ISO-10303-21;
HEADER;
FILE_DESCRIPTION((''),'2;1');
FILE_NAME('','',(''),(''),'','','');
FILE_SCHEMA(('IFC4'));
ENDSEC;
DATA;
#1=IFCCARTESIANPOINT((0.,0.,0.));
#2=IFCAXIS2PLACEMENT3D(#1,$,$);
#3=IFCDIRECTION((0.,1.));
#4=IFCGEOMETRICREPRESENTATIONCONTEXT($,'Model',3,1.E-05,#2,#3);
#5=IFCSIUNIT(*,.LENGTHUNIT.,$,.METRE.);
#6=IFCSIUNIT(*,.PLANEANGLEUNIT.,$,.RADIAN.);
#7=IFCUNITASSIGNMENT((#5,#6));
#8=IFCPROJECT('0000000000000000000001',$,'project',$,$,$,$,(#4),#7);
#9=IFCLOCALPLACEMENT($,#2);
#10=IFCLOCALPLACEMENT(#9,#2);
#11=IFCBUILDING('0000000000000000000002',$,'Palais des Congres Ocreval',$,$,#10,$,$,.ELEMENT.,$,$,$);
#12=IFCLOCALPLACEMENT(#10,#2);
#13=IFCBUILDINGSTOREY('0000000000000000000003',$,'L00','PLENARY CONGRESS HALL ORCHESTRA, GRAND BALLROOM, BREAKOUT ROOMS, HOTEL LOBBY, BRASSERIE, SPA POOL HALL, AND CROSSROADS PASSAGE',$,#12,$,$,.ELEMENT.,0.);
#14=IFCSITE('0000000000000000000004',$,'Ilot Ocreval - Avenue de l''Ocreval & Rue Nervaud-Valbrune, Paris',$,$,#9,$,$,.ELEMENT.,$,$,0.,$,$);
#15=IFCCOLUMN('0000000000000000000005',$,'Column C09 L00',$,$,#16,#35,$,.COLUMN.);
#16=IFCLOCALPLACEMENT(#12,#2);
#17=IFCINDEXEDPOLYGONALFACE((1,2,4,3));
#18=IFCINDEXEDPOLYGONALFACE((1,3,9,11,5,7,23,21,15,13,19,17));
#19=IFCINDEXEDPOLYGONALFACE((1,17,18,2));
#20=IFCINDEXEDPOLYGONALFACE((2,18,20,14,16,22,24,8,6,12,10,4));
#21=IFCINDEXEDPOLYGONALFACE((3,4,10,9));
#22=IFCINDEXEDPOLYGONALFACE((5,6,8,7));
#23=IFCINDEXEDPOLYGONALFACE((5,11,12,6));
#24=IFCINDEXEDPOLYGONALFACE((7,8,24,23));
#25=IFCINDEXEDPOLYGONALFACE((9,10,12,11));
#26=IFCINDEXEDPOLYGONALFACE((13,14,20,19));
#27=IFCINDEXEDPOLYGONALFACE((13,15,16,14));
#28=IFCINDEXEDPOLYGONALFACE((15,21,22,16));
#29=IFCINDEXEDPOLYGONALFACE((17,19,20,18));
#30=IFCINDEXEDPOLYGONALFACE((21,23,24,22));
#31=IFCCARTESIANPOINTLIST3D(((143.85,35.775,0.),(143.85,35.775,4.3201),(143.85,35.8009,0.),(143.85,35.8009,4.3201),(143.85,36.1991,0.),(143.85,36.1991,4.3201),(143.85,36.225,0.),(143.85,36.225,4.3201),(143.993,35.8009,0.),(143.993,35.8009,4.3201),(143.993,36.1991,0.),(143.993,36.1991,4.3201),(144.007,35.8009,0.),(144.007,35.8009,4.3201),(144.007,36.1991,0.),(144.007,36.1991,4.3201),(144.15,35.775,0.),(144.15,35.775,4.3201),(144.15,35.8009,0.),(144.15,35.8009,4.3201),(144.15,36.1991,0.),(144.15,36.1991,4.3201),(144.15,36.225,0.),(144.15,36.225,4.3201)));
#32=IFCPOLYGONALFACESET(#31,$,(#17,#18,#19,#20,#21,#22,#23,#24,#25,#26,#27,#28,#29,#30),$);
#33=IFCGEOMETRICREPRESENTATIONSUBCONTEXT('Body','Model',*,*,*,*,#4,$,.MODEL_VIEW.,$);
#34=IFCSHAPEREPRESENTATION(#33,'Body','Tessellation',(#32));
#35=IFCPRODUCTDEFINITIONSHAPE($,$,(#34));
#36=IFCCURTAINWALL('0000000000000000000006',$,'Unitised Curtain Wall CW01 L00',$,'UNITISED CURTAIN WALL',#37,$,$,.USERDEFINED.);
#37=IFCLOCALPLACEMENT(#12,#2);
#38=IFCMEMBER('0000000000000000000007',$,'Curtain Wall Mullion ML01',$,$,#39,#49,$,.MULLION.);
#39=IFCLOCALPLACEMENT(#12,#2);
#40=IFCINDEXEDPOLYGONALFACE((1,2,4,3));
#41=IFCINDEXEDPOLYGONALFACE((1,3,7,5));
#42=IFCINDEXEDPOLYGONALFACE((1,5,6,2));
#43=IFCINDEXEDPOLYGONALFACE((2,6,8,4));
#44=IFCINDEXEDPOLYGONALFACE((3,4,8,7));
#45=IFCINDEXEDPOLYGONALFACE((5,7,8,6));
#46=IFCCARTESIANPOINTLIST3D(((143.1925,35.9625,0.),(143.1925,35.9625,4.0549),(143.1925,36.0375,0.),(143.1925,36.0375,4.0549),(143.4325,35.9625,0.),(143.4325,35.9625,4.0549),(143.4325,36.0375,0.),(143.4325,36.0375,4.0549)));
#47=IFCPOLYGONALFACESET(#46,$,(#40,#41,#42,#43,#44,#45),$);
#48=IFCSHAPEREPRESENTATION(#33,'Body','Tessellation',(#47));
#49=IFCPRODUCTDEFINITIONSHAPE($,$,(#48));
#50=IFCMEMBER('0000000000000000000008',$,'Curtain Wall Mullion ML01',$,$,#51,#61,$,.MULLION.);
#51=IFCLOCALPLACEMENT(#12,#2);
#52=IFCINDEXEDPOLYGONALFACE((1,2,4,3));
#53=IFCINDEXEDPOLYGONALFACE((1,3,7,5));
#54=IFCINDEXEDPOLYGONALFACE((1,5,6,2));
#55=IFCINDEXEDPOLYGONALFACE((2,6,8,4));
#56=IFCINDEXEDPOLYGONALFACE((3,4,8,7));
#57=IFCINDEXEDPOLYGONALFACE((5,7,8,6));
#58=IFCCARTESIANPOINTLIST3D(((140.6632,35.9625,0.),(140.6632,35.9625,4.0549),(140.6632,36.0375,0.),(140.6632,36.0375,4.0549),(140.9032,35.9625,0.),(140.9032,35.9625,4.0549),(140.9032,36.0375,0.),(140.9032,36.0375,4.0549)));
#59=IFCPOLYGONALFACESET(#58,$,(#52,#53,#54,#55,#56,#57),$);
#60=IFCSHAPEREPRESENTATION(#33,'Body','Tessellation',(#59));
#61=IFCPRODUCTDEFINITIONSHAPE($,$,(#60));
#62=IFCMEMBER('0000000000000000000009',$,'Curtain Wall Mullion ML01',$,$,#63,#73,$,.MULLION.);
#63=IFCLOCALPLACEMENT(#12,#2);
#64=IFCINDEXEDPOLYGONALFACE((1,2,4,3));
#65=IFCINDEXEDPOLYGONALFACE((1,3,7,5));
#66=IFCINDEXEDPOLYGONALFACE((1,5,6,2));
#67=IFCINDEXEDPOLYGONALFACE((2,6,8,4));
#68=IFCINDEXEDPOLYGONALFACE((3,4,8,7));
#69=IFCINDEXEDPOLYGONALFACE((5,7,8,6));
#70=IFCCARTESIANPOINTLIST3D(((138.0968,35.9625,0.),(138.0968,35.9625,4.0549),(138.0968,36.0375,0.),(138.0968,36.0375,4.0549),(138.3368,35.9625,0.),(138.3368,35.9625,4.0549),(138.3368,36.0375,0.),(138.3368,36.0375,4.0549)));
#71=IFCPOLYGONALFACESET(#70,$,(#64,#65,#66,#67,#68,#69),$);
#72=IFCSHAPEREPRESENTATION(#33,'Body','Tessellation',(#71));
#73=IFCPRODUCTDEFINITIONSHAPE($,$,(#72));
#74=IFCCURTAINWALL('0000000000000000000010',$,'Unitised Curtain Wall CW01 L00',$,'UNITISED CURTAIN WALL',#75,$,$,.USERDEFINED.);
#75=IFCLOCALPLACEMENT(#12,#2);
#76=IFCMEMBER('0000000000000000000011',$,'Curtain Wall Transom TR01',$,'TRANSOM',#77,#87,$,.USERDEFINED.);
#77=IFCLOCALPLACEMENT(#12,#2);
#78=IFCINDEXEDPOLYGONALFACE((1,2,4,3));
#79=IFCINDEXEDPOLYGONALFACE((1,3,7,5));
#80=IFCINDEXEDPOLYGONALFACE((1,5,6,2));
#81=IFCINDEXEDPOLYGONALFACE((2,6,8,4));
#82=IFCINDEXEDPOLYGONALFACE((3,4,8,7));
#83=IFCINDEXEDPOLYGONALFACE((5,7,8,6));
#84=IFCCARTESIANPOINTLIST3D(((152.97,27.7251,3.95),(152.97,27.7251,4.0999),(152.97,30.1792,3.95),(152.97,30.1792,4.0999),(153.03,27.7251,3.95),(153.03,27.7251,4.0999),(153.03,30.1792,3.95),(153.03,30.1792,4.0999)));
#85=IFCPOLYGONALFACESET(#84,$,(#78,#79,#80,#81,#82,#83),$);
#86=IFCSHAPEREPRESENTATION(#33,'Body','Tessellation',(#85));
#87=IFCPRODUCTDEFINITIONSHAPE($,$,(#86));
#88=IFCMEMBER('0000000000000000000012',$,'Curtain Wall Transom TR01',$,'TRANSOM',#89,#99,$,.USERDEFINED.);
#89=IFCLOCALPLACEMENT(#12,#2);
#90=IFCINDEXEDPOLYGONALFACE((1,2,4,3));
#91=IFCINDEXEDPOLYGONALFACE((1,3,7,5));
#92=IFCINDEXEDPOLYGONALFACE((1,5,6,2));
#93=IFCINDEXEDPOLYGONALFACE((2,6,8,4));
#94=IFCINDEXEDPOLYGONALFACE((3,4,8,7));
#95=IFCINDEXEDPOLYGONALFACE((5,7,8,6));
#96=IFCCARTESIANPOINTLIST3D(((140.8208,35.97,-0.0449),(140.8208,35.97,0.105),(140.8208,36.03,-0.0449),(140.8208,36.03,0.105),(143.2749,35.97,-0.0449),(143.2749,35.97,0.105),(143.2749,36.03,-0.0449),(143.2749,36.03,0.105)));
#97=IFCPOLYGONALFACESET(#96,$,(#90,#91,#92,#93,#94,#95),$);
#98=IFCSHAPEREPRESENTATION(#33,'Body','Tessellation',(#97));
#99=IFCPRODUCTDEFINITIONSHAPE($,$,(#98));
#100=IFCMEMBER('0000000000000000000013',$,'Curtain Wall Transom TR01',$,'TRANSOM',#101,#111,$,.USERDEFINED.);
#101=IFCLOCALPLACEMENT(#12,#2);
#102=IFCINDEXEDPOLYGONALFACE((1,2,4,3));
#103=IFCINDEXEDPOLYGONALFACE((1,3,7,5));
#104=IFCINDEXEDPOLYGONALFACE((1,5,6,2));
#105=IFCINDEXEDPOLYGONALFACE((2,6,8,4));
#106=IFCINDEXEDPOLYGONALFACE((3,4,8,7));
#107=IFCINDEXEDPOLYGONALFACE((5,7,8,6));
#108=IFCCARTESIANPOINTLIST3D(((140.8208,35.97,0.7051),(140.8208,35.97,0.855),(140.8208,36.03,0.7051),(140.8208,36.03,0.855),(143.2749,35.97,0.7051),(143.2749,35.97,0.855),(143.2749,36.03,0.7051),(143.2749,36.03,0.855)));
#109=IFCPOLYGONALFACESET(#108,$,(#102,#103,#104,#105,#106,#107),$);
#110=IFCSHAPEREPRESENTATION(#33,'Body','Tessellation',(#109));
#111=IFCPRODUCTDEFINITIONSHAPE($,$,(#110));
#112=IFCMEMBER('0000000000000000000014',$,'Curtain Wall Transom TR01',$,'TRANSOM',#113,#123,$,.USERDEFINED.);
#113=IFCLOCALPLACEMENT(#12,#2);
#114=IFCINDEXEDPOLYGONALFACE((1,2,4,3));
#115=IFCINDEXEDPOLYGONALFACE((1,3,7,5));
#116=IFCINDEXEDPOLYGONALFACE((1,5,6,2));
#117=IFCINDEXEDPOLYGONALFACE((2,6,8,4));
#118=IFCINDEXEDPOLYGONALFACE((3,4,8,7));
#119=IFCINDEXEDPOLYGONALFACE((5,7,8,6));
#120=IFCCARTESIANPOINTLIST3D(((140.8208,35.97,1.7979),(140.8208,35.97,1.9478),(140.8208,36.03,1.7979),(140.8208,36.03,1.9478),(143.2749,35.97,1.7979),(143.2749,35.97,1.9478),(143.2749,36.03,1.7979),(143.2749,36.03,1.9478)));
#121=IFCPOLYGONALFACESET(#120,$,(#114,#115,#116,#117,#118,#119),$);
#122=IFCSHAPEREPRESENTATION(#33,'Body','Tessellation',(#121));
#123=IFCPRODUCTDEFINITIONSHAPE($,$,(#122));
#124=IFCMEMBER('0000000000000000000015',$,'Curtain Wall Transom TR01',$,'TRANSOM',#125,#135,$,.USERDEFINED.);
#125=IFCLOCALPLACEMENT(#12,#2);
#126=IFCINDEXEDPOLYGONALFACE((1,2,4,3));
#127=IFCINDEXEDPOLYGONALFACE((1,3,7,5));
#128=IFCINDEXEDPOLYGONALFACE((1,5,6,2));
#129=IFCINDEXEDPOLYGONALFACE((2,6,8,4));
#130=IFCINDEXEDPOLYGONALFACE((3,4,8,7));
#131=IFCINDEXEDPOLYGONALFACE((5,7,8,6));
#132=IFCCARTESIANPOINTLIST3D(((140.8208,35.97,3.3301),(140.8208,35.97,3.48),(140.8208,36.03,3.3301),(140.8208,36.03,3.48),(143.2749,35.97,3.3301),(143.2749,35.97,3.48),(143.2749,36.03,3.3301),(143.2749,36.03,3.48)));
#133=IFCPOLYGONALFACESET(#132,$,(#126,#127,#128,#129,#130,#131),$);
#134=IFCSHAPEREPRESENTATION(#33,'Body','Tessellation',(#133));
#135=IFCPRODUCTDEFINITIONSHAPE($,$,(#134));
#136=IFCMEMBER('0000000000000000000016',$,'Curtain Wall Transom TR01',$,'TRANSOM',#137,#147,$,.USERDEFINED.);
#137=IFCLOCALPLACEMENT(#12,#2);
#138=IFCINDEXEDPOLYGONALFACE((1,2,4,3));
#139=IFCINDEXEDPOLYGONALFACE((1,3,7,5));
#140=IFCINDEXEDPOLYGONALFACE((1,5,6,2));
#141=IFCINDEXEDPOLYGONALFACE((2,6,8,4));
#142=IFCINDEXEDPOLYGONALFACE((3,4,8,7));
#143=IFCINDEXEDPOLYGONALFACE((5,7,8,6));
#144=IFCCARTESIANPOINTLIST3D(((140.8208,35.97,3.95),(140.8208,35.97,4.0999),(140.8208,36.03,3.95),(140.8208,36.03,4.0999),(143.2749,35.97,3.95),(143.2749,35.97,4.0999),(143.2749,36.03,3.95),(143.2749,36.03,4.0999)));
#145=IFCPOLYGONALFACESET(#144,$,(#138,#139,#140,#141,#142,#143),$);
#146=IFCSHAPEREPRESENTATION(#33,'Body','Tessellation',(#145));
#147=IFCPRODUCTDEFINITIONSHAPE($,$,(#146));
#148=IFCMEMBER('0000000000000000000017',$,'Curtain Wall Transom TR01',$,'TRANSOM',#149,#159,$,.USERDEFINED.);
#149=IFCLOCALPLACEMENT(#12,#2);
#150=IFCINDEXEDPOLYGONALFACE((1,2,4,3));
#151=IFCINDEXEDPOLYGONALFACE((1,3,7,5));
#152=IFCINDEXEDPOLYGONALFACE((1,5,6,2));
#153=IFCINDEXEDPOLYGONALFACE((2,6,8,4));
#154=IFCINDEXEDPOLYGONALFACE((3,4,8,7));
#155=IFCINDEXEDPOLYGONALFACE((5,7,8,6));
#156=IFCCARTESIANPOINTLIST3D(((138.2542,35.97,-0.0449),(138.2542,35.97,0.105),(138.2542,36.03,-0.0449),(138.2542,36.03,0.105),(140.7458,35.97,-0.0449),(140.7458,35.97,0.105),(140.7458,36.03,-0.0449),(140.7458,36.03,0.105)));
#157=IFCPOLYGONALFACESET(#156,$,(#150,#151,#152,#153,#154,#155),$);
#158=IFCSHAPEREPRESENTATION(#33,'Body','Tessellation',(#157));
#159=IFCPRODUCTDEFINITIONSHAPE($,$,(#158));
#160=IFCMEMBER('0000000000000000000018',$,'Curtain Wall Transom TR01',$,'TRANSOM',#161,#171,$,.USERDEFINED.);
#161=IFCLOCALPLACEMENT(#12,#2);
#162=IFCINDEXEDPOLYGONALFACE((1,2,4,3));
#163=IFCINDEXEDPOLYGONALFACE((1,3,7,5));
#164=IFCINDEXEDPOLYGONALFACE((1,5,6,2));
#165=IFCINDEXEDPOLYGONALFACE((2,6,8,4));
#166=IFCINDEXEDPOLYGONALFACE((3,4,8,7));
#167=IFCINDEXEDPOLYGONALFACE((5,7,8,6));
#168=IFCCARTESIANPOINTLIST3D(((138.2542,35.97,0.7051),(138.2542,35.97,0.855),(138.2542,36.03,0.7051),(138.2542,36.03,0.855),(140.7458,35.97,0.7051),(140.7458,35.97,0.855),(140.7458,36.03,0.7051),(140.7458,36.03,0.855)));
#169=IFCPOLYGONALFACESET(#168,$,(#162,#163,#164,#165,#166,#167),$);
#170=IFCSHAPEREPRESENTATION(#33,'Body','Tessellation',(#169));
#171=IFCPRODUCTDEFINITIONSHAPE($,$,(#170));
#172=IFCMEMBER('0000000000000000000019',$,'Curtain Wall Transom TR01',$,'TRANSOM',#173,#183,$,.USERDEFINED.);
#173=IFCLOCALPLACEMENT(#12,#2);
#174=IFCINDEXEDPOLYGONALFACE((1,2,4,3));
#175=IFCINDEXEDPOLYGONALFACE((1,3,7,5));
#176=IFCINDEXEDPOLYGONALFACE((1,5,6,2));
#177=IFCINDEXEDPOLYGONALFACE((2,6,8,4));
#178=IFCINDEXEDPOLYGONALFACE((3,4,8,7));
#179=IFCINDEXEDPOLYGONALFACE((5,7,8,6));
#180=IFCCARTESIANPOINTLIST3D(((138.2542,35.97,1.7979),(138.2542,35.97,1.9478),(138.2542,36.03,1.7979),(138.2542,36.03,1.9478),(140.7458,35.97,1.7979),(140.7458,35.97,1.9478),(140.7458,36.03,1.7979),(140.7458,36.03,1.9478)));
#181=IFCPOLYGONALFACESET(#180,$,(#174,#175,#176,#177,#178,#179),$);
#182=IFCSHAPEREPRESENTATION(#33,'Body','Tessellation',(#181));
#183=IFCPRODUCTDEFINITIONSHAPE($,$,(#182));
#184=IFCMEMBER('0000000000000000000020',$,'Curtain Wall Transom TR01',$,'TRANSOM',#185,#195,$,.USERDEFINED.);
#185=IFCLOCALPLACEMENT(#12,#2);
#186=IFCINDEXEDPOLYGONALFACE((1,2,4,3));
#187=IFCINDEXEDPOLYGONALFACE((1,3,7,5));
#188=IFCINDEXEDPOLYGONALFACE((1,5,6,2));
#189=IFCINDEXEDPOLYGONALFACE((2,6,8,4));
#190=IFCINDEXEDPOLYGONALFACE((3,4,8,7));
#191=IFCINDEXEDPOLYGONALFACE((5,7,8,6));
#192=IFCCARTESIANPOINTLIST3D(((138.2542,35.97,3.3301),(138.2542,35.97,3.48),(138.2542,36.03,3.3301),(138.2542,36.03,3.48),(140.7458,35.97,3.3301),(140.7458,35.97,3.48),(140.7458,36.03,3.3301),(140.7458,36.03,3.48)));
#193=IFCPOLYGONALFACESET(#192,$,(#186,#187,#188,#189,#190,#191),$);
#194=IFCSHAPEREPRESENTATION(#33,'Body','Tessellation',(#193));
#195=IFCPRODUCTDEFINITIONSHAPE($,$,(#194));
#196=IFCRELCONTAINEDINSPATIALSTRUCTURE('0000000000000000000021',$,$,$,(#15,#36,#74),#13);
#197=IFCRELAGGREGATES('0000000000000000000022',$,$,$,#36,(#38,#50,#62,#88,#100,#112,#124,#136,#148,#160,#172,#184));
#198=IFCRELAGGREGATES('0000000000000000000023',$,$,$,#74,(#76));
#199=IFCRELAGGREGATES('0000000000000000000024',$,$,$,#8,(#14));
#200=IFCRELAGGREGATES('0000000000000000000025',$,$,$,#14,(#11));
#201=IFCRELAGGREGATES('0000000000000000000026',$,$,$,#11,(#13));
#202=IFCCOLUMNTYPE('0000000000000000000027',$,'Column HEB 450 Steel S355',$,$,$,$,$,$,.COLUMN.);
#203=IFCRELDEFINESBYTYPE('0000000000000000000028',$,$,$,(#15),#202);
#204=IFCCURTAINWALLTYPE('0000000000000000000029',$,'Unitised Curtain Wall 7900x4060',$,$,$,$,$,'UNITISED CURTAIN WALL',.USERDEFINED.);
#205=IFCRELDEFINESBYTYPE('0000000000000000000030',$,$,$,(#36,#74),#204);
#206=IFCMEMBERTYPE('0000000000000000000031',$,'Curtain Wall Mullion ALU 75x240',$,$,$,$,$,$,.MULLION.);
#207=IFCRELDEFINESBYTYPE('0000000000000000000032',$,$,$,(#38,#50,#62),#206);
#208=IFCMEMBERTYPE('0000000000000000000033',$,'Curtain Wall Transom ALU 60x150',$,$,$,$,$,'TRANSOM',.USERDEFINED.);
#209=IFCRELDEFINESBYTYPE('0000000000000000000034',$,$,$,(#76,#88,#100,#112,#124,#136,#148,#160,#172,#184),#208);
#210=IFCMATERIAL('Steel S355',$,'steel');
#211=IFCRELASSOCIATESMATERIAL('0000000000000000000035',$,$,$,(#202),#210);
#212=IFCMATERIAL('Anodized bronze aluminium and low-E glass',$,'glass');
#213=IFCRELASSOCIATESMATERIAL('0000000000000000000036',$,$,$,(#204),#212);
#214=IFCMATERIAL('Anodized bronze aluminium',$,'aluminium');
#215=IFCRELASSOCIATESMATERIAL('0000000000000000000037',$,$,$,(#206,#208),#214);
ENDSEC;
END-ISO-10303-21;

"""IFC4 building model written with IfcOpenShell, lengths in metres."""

from ifc_helpers import new_model, si_unit, direction, frame, origin, origin_2d, place, context, subcontext, project, spatial, rectangle, i_section, extrude, material, material_profile, profile_set, type_object, element, aggregate, save


model = new_model("IFC4")

# Units and contexts
model_context = context("Model", 3, precision=1e-05, world=origin(), true_north=direction((0.0, 1.0)))
body_context = subcontext(model_context, "Body", "Model", "MODEL_VIEW")
ifc_project = project(units=[si_unit("LENGTHUNIT", "METRE"), si_unit("PLANEANGLEUNIT", "RADIAN")], contexts=[model_context])

# Site, building, storey
site_placement = place(None, origin())
site = spatial("IfcSite", under=ifc_project, at=site_placement, Name="Ilot Ocreval - Avenue de l'Ocreval & Rue Nervaud-Valbrune, Paris", CompositionType="ELEMENT", RefElevation=0.0)
building_placement = place(site_placement, origin())
building = spatial("IfcBuilding", under=site, at=building_placement, Name="Palais des Congres Ocreval", CompositionType="ELEMENT")
storey_placement = place(building_placement, origin())
storey = spatial("IfcBuildingStorey", under=building, at=storey_placement, Name="L00", Description="PLENARY CONGRESS HALL ORCHESTRA, GRAND BALLROOM, BREAKOUT ROOMS, HOTEL LOBBY, BRASSERIE, SPA POOL HALL, AND CROSSROADS PASSAGE", CompositionType="ELEMENT", Elevation=0.0)

# Column
ifc_material_1 = material(Name="Steel S355", Category="steel")
ifc_material_profile_1 = material_profile(ifc_material_1, i_section(OverallWidth=0.3, OverallDepth=0.45, WebThickness=0.0139, FlangeThickness=0.0259, at=origin_2d()), Name="HEB 450")
ifc_profile_set_1 = profile_set([ifc_material_profile_1], Name="Steel S355")
column_type = type_object("IfcColumnType", Name="Column HEB 450 Steel S355", PredefinedType="COLUMN", material=ifc_profile_set_1)
column_placement = place(storey_placement, frame((144.0, 36.0, 0.0), z_axis=(0.0, 0.0, 1.0), x_axis=(1.0, 0.0, 0.0)))
element("IfcColumn", 1, at=column_placement, inside=storey, type_object=column_type, Name="Column C09 L00", PredefinedType="COLUMN", context=body_context, shape_type="SweptSolid", body=[
    extrude(i_section(OverallWidth=0.3, OverallDepth=0.45, WebThickness=0.0139, FlangeThickness=0.0259, at=origin_2d()), origin(), (0.0, 0.0, 1.0), 4.3201),
])

# Curtain wall, members
ifc_material_2 = material(Name="Anodized bronze aluminium and low-E glass", Category="glass")
curtain_wall_type = type_object("IfcCurtainWallType", Name="Unitised Curtain Wall 7900x4060", ElementType="UNITISED CURTAIN WALL", PredefinedType="USERDEFINED", material=ifc_material_2)
curtain_wall_1_placement = place(storey_placement, origin())
curtain_wall_1 = element("IfcCurtainWall", 2, at=curtain_wall_1_placement, inside=storey, type_object=curtain_wall_type, Name="Unitised Curtain Wall CW01 L00", ObjectType="UNITISED CURTAIN WALL", PredefinedType="USERDEFINED")
ifc_material_3 = material(Name="Anodized bronze aluminium", Category="aluminium")
ifc_material_profile_2 = material_profile(ifc_material_3, rectangle(XDim=0.075, YDim=0.24, at=origin_2d()), Name="ALU 75x240")
ifc_profile_set_2 = profile_set([ifc_material_profile_2], Name="Anodized bronze aluminium")
member_type_1 = type_object("IfcMemberType", Name="Curtain Wall Mullion ALU 75x240", PredefinedType="MULLION", material=ifc_profile_set_2)
member_1_placement = place(storey_placement, frame((143.3125, 36.0, 0.0), z_axis=(0.0, 0.0, 1.0), x_axis=(0.0, -1.0, 0.0)))
member_1 = element("IfcMember", 3, at=member_1_placement, type_object=member_type_1, Name="Curtain Wall Mullion ML01", PredefinedType="MULLION", context=body_context, shape_type="SweptSolid", body=[
    extrude(rectangle(XDim=0.075, YDim=0.24, at=origin_2d()), origin(), (0.0, 0.0, 1.0), 4.0549),
])
member_2_placement = place(storey_placement, frame((140.7832, 36.0, 0.0), z_axis=(0.0, 0.0, 1.0), x_axis=(0.0, -1.0, 0.0)))
member_2 = element("IfcMember", 4, at=member_2_placement, type_object=member_type_1, Name="Curtain Wall Mullion ML01", PredefinedType="MULLION", context=body_context, shape_type="SweptSolid", body=[
    extrude(rectangle(XDim=0.075, YDim=0.24, at=origin_2d()), origin(), (0.0, 0.0, 1.0), 4.0549),
])
member_3_placement = place(storey_placement, frame((138.2168, 36.0, 0.0), z_axis=(0.0, 0.0, 1.0), x_axis=(0.0, -1.0, 0.0)))
member_3 = element("IfcMember", 5, at=member_3_placement, type_object=member_type_1, Name="Curtain Wall Mullion ML01", PredefinedType="MULLION", context=body_context, shape_type="SweptSolid", body=[
    extrude(rectangle(XDim=0.075, YDim=0.24, at=origin_2d()), origin(), (0.0, 0.0, 1.0), 4.0549),
])

# Curtain wall, member
curtain_wall_2_placement = place(storey_placement, origin())
curtain_wall_2 = element("IfcCurtainWall", 6, at=curtain_wall_2_placement, inside=storey, type_object=curtain_wall_type, Name="Unitised Curtain Wall CW01 L00", ObjectType="UNITISED CURTAIN WALL", PredefinedType="USERDEFINED")
ifc_material_profile_3 = material_profile(ifc_material_3, rectangle(XDim=0.0601, YDim=0.1499, at=origin_2d()), Name="ALU 60x150")
ifc_profile_set_3 = profile_set([ifc_material_profile_3], Name="Anodized bronze aluminium")
member_type_2 = type_object("IfcMemberType", Name="Curtain Wall Transom ALU 60x150", ElementType="TRANSOM", PredefinedType="USERDEFINED", material=ifc_profile_set_3)
member_4_placement = place(storey_placement, frame((153.0, 27.7251, 4.0249), z_axis=(0.0, 1.0, 0.0), x_axis=(-1.0, 0.0, 0.0)))
member_4 = element("IfcMember", 7, at=member_4_placement, type_object=member_type_2, Name="Curtain Wall Transom TR01", ObjectType="TRANSOM", PredefinedType="USERDEFINED", context=body_context, shape_type="SweptSolid", body=[
    extrude(rectangle(XDim=0.0601, YDim=0.1499, at=origin_2d()), origin(), (0.0, 0.0, 1.0), 2.4541),
])

# Members
member_5_placement = place(storey_placement, frame((143.2749, 36.0, 0.03), z_axis=(-1.0, 0.0, 0.0), x_axis=(0.0, -1.0, 0.0)))
member_5 = element("IfcMember", 8, at=member_5_placement, type_object=member_type_2, Name="Curtain Wall Transom TR01", ObjectType="TRANSOM", PredefinedType="USERDEFINED", context=body_context, shape_type="SweptSolid", body=[
    extrude(rectangle(XDim=0.0601, YDim=0.1499, at=origin_2d()), origin(), (0.0, 0.0, 1.0), 2.4541),
])
member_6_placement = place(storey_placement, frame((143.2749, 36.0, 0.78), z_axis=(-1.0, 0.0, 0.0), x_axis=(0.0, -1.0, 0.0)))
member_6 = element("IfcMember", 9, at=member_6_placement, type_object=member_type_2, Name="Curtain Wall Transom TR01", ObjectType="TRANSOM", PredefinedType="USERDEFINED", context=body_context, shape_type="SweptSolid", body=[
    extrude(rectangle(XDim=0.0601, YDim=0.1499, at=origin_2d()), origin(), (0.0, 0.0, 1.0), 2.4541),
])
member_7_placement = place(storey_placement, frame((143.2749, 36.0, 1.8728), z_axis=(-1.0, 0.0, 0.0), x_axis=(0.0, -1.0, 0.0)))
member_7 = element("IfcMember", 10, at=member_7_placement, type_object=member_type_2, Name="Curtain Wall Transom TR01", ObjectType="TRANSOM", PredefinedType="USERDEFINED", context=body_context, shape_type="SweptSolid", body=[
    extrude(rectangle(XDim=0.0601, YDim=0.1499, at=origin_2d()), origin(), (0.0, 0.0, 1.0), 2.4541),
])
member_8_placement = place(storey_placement, frame((143.2749, 36.0, 3.405), z_axis=(-1.0, 0.0, 0.0), x_axis=(0.0, -1.0, 0.0)))
member_8 = element("IfcMember", 11, at=member_8_placement, type_object=member_type_2, Name="Curtain Wall Transom TR01", ObjectType="TRANSOM", PredefinedType="USERDEFINED", context=body_context, shape_type="SweptSolid", body=[
    extrude(rectangle(XDim=0.0601, YDim=0.1499, at=origin_2d()), origin(), (0.0, 0.0, 1.0), 2.4541),
])
member_9_placement = place(storey_placement, frame((143.2749, 36.0, 4.0249), z_axis=(-1.0, 0.0, 0.0), x_axis=(0.0, -1.0, 0.0)))
member_9 = element("IfcMember", 12, at=member_9_placement, type_object=member_type_2, Name="Curtain Wall Transom TR01", ObjectType="TRANSOM", PredefinedType="USERDEFINED", context=body_context, shape_type="SweptSolid", body=[
    extrude(rectangle(XDim=0.0601, YDim=0.1499, at=origin_2d()), origin(), (0.0, 0.0, 1.0), 2.4541),
])
member_10_placement = place(storey_placement, frame((140.7458, 36.0, 0.03), z_axis=(-1.0, 0.0, 0.0), x_axis=(0.0, -1.0, 0.0)))
member_10 = element("IfcMember", 13, at=member_10_placement, type_object=member_type_2, Name="Curtain Wall Transom TR01", ObjectType="TRANSOM", PredefinedType="USERDEFINED", context=body_context, shape_type="SweptSolid", body=[
    extrude(rectangle(XDim=0.0601, YDim=0.1499, at=origin_2d()), origin(), (0.0, 0.0, 1.0), 2.4917),
])
member_11_placement = place(storey_placement, frame((140.7458, 36.0, 0.78), z_axis=(-1.0, 0.0, 0.0), x_axis=(0.0, -1.0, 0.0)))
member_11 = element("IfcMember", 14, at=member_11_placement, type_object=member_type_2, Name="Curtain Wall Transom TR01", ObjectType="TRANSOM", PredefinedType="USERDEFINED", context=body_context, shape_type="SweptSolid", body=[
    extrude(rectangle(XDim=0.0601, YDim=0.1499, at=origin_2d()), origin(), (0.0, 0.0, 1.0), 2.4917),
])
member_12_placement = place(storey_placement, frame((140.7458, 36.0, 1.8728), z_axis=(-1.0, 0.0, 0.0), x_axis=(0.0, -1.0, 0.0)))
member_12 = element("IfcMember", 15, at=member_12_placement, type_object=member_type_2, Name="Curtain Wall Transom TR01", ObjectType="TRANSOM", PredefinedType="USERDEFINED", context=body_context, shape_type="SweptSolid", body=[
    extrude(rectangle(XDim=0.0601, YDim=0.1499, at=origin_2d()), origin(), (0.0, 0.0, 1.0), 2.4917),
])
member_13_placement = place(storey_placement, frame((140.7458, 36.0, 3.405), z_axis=(-1.0, 0.0, 0.0), x_axis=(0.0, -1.0, 0.0)))
member_13 = element("IfcMember", 16, at=member_13_placement, type_object=member_type_2, Name="Curtain Wall Transom TR01", ObjectType="TRANSOM", PredefinedType="USERDEFINED", context=body_context, shape_type="SweptSolid", body=[
    extrude(rectangle(XDim=0.0601, YDim=0.1499, at=origin_2d()), origin(), (0.0, 0.0, 1.0), 2.4917),
])

aggregate(curtain_wall_1, [member_1, member_2, member_3, member_5, member_6, member_7, member_8, member_9, member_10, member_11, member_12, member_13])
aggregate(curtain_wall_2, [member_4])

save(model, "model.ifc")
